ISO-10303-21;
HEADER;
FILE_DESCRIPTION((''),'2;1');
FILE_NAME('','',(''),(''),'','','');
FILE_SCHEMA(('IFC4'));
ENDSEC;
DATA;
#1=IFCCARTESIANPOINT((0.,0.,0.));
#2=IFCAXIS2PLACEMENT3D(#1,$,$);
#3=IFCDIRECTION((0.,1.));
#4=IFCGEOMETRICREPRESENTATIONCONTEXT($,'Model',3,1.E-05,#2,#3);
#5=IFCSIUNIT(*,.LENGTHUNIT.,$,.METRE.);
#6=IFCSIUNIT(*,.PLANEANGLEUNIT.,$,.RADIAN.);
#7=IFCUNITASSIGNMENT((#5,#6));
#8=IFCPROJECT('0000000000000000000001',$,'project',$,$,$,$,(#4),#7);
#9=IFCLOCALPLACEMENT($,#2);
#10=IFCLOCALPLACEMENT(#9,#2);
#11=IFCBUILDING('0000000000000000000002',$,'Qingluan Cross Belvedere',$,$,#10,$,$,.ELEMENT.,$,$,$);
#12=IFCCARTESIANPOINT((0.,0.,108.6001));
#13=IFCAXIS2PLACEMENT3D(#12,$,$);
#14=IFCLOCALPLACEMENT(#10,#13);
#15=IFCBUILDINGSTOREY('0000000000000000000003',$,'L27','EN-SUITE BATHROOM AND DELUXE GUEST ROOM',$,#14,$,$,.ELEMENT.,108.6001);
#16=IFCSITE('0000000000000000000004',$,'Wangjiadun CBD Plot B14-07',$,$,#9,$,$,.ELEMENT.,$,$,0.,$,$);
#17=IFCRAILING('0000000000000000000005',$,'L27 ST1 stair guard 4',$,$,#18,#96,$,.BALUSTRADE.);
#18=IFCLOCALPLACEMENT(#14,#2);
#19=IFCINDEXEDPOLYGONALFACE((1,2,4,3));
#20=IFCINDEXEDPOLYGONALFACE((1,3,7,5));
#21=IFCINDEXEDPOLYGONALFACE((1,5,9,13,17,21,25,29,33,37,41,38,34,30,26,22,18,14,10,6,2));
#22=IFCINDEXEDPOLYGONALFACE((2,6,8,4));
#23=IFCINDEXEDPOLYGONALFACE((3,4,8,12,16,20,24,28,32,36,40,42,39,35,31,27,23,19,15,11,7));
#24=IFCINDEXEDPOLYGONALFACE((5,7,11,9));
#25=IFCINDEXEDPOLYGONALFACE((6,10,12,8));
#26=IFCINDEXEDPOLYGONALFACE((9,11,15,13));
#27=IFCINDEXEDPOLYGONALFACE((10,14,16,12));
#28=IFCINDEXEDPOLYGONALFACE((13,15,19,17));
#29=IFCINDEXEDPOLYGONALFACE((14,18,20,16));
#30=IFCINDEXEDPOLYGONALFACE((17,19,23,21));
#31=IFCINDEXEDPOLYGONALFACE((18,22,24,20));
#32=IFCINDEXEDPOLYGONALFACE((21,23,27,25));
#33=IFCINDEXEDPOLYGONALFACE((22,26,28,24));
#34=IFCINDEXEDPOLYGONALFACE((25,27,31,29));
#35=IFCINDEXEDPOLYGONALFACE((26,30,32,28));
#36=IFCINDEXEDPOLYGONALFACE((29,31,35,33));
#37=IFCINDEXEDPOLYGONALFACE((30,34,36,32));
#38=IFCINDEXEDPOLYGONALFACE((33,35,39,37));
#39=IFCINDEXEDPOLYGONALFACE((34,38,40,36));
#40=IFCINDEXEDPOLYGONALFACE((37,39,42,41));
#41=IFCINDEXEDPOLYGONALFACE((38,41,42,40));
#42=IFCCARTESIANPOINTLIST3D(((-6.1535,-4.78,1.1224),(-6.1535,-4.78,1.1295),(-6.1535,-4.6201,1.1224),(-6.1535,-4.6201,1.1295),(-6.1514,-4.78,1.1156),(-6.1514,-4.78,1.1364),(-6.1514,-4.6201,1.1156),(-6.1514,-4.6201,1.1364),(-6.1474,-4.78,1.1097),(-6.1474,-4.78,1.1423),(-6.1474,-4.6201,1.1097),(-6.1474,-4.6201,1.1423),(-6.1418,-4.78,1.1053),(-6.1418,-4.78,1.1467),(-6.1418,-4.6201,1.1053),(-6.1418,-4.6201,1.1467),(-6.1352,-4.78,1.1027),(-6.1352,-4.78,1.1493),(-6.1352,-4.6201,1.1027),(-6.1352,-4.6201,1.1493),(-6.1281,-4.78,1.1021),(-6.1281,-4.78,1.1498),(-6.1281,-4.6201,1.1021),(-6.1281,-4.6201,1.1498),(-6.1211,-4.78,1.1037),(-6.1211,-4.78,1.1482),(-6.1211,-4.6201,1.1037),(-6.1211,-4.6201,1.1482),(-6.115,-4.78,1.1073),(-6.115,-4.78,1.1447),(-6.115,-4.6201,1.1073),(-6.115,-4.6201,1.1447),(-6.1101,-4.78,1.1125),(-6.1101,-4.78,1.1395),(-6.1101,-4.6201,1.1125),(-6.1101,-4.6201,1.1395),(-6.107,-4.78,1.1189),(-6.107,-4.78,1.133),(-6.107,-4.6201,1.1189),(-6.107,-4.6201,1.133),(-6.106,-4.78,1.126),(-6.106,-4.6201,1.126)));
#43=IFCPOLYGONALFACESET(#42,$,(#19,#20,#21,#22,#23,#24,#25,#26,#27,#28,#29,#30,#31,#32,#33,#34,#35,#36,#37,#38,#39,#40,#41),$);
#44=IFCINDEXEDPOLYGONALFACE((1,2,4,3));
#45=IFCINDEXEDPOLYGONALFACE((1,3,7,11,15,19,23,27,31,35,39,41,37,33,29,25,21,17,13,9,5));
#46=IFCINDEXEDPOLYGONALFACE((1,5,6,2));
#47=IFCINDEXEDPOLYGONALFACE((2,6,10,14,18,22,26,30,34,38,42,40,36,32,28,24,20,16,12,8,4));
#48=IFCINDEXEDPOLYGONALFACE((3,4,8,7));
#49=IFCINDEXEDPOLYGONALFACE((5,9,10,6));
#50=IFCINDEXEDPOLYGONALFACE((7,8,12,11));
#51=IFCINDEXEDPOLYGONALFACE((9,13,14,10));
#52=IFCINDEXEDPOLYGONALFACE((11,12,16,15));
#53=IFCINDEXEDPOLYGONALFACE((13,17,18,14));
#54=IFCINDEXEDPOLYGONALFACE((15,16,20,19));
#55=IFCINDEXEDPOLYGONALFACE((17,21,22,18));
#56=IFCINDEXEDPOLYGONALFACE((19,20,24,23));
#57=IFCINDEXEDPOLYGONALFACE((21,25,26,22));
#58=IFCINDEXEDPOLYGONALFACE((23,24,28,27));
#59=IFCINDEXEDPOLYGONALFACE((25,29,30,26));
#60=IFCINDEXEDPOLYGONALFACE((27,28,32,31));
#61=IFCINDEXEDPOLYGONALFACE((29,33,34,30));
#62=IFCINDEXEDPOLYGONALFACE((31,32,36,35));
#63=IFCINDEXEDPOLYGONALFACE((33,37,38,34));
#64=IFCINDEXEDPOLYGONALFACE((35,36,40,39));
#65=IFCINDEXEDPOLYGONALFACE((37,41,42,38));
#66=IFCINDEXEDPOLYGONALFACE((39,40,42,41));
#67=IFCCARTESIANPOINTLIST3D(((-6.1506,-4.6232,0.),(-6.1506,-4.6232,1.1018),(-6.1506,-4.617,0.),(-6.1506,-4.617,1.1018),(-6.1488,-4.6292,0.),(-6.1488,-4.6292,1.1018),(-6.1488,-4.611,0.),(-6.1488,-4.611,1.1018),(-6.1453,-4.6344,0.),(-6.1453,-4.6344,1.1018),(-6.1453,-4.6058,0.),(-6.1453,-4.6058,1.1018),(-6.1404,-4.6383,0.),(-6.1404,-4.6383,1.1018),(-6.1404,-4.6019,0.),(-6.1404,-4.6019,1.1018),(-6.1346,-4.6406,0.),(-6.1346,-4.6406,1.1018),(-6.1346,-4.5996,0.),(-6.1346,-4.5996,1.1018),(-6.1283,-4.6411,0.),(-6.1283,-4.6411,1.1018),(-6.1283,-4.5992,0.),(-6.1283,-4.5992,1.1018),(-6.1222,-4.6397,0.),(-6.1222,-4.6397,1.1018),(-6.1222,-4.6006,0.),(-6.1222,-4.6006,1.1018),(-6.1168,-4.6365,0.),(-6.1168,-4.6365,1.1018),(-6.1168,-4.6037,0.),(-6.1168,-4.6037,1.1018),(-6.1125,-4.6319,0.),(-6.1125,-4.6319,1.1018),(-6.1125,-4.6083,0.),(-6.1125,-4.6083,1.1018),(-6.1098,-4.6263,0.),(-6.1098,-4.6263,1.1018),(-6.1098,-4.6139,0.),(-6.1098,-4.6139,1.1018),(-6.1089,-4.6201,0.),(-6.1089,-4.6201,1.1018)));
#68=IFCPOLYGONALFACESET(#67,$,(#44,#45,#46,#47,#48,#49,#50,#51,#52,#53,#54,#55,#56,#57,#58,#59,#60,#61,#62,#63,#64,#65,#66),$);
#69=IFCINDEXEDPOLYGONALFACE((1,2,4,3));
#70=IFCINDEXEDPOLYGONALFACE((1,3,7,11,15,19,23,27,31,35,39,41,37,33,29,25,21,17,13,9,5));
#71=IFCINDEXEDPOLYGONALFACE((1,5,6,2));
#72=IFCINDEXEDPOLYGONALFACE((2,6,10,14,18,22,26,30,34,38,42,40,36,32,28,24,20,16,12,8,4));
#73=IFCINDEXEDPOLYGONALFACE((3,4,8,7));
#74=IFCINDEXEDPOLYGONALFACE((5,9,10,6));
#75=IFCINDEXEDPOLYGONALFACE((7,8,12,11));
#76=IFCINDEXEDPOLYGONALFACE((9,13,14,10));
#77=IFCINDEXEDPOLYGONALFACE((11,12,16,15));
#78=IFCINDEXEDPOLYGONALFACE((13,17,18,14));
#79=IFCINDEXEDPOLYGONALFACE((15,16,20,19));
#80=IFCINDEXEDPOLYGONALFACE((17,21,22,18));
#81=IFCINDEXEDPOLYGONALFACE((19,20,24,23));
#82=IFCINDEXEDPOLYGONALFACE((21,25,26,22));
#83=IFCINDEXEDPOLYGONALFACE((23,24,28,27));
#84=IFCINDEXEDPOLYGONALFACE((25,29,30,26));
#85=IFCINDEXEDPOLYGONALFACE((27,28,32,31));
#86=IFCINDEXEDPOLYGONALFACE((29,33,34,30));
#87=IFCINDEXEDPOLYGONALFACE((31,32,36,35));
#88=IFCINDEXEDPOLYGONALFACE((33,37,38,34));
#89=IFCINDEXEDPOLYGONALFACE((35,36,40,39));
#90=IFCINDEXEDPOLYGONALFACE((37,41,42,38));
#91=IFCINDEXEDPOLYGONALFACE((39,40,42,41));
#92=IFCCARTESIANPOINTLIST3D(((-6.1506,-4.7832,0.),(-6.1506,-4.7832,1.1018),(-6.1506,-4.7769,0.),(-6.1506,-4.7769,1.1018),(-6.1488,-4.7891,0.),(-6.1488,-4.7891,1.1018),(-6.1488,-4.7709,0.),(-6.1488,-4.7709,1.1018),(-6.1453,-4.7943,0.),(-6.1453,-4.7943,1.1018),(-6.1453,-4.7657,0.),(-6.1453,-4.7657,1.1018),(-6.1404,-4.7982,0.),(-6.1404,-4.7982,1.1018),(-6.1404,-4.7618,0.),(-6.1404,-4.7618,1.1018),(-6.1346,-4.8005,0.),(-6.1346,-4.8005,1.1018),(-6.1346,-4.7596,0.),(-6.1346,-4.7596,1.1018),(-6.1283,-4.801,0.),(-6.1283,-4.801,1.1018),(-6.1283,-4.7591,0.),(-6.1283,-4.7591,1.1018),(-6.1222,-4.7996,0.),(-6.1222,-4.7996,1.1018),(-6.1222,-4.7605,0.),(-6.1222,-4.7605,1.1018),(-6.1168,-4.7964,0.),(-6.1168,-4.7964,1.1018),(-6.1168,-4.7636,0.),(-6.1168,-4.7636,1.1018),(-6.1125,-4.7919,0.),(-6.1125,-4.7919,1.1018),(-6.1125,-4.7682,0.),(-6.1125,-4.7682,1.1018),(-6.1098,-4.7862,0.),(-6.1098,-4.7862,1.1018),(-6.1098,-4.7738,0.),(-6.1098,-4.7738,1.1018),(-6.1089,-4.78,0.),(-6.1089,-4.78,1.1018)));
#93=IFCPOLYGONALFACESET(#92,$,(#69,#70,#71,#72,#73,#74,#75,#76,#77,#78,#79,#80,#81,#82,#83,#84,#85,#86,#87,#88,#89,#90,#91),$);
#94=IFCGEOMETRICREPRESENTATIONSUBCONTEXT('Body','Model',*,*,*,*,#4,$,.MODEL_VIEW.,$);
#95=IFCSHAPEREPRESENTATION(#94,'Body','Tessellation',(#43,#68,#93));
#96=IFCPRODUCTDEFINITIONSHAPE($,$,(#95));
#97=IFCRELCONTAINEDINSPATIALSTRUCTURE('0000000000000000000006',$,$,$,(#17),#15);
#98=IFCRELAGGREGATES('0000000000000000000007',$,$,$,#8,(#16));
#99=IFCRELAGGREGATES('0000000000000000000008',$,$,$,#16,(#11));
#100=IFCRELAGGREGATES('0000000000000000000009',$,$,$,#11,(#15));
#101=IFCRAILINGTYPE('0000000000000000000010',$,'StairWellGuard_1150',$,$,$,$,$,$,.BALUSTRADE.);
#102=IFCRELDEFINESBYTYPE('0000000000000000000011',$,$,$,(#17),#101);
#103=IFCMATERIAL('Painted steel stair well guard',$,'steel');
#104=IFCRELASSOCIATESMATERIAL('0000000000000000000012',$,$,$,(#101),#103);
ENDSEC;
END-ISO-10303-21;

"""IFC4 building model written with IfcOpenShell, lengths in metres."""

from ifc_helpers import new_model, si_unit, direction, frame, origin, origin_2d, place, context, subcontext, project, spatial, circle, extrude, material, type_object, element, save


model = new_model("IFC4")

# Units and contexts
model_context = context("Model", 3, precision=1e-05, world=origin(), true_north=direction((0.0, 1.0)))
body_context = subcontext(model_context, "Body", "Model", "MODEL_VIEW")
ifc_project = project(units=[si_unit("LENGTHUNIT", "METRE"), si_unit("PLANEANGLEUNIT", "RADIAN")], contexts=[model_context])

# Site, building, storey
site_placement = place(None, origin())
site = spatial("IfcSite", under=ifc_project, at=site_placement, Name="Wangjiadun CBD Plot B14-07", CompositionType="ELEMENT", RefElevation=0.0)
building_placement = place(site_placement, origin())
building = spatial("IfcBuilding", under=site, at=building_placement, Name="Qingluan Cross Belvedere", CompositionType="ELEMENT")
storey_placement = place(building_placement, frame((0.0, 0.0, 108.6001)))
storey = spatial("IfcBuildingStorey", under=building, at=storey_placement, Name="L27", Description="EN-SUITE BATHROOM AND DELUXE GUEST ROOM", CompositionType="ELEMENT", Elevation=108.6001)

# Railing
ifc_material_1 = material(Name="Painted steel stair well guard", Category="steel")
railing_type_1 = type_object("IfcRailingType", Name="StairWellGuard_1150", PredefinedType="BALUSTRADE", material=ifc_material_1)
railing_1_placement = place(storey_placement, frame((-6.1299, -4.6201, 0.0)))
element("IfcRailing", 1, at=railing_1_placement, inside=storey, type_object=railing_type_1, Name="L27 ST1 stair guard 4", PredefinedType="BALUSTRADE", context=body_context, shape_type="SweptSolid", body=[
    extrude(circle(Radius=0.0239, at=origin_2d()), frame((0.0, 0.0, 1.126), z_axis=(0.0, -1.0, 0.0), x_axis=(1.0, 0.0, 0.0)), (0.0, 0.0, 1.0), 0.1599),
    extrude(circle(Radius=0.021, at=origin_2d()), origin(), (0.0, 0.0, 1.0), 1.1018),
    extrude(circle(Radius=0.021, at=origin_2d()), frame((0.0, -0.1599, 0.0)), (0.0, 0.0, 1.0), 1.1018),
])

save(model, "model.ifc")
